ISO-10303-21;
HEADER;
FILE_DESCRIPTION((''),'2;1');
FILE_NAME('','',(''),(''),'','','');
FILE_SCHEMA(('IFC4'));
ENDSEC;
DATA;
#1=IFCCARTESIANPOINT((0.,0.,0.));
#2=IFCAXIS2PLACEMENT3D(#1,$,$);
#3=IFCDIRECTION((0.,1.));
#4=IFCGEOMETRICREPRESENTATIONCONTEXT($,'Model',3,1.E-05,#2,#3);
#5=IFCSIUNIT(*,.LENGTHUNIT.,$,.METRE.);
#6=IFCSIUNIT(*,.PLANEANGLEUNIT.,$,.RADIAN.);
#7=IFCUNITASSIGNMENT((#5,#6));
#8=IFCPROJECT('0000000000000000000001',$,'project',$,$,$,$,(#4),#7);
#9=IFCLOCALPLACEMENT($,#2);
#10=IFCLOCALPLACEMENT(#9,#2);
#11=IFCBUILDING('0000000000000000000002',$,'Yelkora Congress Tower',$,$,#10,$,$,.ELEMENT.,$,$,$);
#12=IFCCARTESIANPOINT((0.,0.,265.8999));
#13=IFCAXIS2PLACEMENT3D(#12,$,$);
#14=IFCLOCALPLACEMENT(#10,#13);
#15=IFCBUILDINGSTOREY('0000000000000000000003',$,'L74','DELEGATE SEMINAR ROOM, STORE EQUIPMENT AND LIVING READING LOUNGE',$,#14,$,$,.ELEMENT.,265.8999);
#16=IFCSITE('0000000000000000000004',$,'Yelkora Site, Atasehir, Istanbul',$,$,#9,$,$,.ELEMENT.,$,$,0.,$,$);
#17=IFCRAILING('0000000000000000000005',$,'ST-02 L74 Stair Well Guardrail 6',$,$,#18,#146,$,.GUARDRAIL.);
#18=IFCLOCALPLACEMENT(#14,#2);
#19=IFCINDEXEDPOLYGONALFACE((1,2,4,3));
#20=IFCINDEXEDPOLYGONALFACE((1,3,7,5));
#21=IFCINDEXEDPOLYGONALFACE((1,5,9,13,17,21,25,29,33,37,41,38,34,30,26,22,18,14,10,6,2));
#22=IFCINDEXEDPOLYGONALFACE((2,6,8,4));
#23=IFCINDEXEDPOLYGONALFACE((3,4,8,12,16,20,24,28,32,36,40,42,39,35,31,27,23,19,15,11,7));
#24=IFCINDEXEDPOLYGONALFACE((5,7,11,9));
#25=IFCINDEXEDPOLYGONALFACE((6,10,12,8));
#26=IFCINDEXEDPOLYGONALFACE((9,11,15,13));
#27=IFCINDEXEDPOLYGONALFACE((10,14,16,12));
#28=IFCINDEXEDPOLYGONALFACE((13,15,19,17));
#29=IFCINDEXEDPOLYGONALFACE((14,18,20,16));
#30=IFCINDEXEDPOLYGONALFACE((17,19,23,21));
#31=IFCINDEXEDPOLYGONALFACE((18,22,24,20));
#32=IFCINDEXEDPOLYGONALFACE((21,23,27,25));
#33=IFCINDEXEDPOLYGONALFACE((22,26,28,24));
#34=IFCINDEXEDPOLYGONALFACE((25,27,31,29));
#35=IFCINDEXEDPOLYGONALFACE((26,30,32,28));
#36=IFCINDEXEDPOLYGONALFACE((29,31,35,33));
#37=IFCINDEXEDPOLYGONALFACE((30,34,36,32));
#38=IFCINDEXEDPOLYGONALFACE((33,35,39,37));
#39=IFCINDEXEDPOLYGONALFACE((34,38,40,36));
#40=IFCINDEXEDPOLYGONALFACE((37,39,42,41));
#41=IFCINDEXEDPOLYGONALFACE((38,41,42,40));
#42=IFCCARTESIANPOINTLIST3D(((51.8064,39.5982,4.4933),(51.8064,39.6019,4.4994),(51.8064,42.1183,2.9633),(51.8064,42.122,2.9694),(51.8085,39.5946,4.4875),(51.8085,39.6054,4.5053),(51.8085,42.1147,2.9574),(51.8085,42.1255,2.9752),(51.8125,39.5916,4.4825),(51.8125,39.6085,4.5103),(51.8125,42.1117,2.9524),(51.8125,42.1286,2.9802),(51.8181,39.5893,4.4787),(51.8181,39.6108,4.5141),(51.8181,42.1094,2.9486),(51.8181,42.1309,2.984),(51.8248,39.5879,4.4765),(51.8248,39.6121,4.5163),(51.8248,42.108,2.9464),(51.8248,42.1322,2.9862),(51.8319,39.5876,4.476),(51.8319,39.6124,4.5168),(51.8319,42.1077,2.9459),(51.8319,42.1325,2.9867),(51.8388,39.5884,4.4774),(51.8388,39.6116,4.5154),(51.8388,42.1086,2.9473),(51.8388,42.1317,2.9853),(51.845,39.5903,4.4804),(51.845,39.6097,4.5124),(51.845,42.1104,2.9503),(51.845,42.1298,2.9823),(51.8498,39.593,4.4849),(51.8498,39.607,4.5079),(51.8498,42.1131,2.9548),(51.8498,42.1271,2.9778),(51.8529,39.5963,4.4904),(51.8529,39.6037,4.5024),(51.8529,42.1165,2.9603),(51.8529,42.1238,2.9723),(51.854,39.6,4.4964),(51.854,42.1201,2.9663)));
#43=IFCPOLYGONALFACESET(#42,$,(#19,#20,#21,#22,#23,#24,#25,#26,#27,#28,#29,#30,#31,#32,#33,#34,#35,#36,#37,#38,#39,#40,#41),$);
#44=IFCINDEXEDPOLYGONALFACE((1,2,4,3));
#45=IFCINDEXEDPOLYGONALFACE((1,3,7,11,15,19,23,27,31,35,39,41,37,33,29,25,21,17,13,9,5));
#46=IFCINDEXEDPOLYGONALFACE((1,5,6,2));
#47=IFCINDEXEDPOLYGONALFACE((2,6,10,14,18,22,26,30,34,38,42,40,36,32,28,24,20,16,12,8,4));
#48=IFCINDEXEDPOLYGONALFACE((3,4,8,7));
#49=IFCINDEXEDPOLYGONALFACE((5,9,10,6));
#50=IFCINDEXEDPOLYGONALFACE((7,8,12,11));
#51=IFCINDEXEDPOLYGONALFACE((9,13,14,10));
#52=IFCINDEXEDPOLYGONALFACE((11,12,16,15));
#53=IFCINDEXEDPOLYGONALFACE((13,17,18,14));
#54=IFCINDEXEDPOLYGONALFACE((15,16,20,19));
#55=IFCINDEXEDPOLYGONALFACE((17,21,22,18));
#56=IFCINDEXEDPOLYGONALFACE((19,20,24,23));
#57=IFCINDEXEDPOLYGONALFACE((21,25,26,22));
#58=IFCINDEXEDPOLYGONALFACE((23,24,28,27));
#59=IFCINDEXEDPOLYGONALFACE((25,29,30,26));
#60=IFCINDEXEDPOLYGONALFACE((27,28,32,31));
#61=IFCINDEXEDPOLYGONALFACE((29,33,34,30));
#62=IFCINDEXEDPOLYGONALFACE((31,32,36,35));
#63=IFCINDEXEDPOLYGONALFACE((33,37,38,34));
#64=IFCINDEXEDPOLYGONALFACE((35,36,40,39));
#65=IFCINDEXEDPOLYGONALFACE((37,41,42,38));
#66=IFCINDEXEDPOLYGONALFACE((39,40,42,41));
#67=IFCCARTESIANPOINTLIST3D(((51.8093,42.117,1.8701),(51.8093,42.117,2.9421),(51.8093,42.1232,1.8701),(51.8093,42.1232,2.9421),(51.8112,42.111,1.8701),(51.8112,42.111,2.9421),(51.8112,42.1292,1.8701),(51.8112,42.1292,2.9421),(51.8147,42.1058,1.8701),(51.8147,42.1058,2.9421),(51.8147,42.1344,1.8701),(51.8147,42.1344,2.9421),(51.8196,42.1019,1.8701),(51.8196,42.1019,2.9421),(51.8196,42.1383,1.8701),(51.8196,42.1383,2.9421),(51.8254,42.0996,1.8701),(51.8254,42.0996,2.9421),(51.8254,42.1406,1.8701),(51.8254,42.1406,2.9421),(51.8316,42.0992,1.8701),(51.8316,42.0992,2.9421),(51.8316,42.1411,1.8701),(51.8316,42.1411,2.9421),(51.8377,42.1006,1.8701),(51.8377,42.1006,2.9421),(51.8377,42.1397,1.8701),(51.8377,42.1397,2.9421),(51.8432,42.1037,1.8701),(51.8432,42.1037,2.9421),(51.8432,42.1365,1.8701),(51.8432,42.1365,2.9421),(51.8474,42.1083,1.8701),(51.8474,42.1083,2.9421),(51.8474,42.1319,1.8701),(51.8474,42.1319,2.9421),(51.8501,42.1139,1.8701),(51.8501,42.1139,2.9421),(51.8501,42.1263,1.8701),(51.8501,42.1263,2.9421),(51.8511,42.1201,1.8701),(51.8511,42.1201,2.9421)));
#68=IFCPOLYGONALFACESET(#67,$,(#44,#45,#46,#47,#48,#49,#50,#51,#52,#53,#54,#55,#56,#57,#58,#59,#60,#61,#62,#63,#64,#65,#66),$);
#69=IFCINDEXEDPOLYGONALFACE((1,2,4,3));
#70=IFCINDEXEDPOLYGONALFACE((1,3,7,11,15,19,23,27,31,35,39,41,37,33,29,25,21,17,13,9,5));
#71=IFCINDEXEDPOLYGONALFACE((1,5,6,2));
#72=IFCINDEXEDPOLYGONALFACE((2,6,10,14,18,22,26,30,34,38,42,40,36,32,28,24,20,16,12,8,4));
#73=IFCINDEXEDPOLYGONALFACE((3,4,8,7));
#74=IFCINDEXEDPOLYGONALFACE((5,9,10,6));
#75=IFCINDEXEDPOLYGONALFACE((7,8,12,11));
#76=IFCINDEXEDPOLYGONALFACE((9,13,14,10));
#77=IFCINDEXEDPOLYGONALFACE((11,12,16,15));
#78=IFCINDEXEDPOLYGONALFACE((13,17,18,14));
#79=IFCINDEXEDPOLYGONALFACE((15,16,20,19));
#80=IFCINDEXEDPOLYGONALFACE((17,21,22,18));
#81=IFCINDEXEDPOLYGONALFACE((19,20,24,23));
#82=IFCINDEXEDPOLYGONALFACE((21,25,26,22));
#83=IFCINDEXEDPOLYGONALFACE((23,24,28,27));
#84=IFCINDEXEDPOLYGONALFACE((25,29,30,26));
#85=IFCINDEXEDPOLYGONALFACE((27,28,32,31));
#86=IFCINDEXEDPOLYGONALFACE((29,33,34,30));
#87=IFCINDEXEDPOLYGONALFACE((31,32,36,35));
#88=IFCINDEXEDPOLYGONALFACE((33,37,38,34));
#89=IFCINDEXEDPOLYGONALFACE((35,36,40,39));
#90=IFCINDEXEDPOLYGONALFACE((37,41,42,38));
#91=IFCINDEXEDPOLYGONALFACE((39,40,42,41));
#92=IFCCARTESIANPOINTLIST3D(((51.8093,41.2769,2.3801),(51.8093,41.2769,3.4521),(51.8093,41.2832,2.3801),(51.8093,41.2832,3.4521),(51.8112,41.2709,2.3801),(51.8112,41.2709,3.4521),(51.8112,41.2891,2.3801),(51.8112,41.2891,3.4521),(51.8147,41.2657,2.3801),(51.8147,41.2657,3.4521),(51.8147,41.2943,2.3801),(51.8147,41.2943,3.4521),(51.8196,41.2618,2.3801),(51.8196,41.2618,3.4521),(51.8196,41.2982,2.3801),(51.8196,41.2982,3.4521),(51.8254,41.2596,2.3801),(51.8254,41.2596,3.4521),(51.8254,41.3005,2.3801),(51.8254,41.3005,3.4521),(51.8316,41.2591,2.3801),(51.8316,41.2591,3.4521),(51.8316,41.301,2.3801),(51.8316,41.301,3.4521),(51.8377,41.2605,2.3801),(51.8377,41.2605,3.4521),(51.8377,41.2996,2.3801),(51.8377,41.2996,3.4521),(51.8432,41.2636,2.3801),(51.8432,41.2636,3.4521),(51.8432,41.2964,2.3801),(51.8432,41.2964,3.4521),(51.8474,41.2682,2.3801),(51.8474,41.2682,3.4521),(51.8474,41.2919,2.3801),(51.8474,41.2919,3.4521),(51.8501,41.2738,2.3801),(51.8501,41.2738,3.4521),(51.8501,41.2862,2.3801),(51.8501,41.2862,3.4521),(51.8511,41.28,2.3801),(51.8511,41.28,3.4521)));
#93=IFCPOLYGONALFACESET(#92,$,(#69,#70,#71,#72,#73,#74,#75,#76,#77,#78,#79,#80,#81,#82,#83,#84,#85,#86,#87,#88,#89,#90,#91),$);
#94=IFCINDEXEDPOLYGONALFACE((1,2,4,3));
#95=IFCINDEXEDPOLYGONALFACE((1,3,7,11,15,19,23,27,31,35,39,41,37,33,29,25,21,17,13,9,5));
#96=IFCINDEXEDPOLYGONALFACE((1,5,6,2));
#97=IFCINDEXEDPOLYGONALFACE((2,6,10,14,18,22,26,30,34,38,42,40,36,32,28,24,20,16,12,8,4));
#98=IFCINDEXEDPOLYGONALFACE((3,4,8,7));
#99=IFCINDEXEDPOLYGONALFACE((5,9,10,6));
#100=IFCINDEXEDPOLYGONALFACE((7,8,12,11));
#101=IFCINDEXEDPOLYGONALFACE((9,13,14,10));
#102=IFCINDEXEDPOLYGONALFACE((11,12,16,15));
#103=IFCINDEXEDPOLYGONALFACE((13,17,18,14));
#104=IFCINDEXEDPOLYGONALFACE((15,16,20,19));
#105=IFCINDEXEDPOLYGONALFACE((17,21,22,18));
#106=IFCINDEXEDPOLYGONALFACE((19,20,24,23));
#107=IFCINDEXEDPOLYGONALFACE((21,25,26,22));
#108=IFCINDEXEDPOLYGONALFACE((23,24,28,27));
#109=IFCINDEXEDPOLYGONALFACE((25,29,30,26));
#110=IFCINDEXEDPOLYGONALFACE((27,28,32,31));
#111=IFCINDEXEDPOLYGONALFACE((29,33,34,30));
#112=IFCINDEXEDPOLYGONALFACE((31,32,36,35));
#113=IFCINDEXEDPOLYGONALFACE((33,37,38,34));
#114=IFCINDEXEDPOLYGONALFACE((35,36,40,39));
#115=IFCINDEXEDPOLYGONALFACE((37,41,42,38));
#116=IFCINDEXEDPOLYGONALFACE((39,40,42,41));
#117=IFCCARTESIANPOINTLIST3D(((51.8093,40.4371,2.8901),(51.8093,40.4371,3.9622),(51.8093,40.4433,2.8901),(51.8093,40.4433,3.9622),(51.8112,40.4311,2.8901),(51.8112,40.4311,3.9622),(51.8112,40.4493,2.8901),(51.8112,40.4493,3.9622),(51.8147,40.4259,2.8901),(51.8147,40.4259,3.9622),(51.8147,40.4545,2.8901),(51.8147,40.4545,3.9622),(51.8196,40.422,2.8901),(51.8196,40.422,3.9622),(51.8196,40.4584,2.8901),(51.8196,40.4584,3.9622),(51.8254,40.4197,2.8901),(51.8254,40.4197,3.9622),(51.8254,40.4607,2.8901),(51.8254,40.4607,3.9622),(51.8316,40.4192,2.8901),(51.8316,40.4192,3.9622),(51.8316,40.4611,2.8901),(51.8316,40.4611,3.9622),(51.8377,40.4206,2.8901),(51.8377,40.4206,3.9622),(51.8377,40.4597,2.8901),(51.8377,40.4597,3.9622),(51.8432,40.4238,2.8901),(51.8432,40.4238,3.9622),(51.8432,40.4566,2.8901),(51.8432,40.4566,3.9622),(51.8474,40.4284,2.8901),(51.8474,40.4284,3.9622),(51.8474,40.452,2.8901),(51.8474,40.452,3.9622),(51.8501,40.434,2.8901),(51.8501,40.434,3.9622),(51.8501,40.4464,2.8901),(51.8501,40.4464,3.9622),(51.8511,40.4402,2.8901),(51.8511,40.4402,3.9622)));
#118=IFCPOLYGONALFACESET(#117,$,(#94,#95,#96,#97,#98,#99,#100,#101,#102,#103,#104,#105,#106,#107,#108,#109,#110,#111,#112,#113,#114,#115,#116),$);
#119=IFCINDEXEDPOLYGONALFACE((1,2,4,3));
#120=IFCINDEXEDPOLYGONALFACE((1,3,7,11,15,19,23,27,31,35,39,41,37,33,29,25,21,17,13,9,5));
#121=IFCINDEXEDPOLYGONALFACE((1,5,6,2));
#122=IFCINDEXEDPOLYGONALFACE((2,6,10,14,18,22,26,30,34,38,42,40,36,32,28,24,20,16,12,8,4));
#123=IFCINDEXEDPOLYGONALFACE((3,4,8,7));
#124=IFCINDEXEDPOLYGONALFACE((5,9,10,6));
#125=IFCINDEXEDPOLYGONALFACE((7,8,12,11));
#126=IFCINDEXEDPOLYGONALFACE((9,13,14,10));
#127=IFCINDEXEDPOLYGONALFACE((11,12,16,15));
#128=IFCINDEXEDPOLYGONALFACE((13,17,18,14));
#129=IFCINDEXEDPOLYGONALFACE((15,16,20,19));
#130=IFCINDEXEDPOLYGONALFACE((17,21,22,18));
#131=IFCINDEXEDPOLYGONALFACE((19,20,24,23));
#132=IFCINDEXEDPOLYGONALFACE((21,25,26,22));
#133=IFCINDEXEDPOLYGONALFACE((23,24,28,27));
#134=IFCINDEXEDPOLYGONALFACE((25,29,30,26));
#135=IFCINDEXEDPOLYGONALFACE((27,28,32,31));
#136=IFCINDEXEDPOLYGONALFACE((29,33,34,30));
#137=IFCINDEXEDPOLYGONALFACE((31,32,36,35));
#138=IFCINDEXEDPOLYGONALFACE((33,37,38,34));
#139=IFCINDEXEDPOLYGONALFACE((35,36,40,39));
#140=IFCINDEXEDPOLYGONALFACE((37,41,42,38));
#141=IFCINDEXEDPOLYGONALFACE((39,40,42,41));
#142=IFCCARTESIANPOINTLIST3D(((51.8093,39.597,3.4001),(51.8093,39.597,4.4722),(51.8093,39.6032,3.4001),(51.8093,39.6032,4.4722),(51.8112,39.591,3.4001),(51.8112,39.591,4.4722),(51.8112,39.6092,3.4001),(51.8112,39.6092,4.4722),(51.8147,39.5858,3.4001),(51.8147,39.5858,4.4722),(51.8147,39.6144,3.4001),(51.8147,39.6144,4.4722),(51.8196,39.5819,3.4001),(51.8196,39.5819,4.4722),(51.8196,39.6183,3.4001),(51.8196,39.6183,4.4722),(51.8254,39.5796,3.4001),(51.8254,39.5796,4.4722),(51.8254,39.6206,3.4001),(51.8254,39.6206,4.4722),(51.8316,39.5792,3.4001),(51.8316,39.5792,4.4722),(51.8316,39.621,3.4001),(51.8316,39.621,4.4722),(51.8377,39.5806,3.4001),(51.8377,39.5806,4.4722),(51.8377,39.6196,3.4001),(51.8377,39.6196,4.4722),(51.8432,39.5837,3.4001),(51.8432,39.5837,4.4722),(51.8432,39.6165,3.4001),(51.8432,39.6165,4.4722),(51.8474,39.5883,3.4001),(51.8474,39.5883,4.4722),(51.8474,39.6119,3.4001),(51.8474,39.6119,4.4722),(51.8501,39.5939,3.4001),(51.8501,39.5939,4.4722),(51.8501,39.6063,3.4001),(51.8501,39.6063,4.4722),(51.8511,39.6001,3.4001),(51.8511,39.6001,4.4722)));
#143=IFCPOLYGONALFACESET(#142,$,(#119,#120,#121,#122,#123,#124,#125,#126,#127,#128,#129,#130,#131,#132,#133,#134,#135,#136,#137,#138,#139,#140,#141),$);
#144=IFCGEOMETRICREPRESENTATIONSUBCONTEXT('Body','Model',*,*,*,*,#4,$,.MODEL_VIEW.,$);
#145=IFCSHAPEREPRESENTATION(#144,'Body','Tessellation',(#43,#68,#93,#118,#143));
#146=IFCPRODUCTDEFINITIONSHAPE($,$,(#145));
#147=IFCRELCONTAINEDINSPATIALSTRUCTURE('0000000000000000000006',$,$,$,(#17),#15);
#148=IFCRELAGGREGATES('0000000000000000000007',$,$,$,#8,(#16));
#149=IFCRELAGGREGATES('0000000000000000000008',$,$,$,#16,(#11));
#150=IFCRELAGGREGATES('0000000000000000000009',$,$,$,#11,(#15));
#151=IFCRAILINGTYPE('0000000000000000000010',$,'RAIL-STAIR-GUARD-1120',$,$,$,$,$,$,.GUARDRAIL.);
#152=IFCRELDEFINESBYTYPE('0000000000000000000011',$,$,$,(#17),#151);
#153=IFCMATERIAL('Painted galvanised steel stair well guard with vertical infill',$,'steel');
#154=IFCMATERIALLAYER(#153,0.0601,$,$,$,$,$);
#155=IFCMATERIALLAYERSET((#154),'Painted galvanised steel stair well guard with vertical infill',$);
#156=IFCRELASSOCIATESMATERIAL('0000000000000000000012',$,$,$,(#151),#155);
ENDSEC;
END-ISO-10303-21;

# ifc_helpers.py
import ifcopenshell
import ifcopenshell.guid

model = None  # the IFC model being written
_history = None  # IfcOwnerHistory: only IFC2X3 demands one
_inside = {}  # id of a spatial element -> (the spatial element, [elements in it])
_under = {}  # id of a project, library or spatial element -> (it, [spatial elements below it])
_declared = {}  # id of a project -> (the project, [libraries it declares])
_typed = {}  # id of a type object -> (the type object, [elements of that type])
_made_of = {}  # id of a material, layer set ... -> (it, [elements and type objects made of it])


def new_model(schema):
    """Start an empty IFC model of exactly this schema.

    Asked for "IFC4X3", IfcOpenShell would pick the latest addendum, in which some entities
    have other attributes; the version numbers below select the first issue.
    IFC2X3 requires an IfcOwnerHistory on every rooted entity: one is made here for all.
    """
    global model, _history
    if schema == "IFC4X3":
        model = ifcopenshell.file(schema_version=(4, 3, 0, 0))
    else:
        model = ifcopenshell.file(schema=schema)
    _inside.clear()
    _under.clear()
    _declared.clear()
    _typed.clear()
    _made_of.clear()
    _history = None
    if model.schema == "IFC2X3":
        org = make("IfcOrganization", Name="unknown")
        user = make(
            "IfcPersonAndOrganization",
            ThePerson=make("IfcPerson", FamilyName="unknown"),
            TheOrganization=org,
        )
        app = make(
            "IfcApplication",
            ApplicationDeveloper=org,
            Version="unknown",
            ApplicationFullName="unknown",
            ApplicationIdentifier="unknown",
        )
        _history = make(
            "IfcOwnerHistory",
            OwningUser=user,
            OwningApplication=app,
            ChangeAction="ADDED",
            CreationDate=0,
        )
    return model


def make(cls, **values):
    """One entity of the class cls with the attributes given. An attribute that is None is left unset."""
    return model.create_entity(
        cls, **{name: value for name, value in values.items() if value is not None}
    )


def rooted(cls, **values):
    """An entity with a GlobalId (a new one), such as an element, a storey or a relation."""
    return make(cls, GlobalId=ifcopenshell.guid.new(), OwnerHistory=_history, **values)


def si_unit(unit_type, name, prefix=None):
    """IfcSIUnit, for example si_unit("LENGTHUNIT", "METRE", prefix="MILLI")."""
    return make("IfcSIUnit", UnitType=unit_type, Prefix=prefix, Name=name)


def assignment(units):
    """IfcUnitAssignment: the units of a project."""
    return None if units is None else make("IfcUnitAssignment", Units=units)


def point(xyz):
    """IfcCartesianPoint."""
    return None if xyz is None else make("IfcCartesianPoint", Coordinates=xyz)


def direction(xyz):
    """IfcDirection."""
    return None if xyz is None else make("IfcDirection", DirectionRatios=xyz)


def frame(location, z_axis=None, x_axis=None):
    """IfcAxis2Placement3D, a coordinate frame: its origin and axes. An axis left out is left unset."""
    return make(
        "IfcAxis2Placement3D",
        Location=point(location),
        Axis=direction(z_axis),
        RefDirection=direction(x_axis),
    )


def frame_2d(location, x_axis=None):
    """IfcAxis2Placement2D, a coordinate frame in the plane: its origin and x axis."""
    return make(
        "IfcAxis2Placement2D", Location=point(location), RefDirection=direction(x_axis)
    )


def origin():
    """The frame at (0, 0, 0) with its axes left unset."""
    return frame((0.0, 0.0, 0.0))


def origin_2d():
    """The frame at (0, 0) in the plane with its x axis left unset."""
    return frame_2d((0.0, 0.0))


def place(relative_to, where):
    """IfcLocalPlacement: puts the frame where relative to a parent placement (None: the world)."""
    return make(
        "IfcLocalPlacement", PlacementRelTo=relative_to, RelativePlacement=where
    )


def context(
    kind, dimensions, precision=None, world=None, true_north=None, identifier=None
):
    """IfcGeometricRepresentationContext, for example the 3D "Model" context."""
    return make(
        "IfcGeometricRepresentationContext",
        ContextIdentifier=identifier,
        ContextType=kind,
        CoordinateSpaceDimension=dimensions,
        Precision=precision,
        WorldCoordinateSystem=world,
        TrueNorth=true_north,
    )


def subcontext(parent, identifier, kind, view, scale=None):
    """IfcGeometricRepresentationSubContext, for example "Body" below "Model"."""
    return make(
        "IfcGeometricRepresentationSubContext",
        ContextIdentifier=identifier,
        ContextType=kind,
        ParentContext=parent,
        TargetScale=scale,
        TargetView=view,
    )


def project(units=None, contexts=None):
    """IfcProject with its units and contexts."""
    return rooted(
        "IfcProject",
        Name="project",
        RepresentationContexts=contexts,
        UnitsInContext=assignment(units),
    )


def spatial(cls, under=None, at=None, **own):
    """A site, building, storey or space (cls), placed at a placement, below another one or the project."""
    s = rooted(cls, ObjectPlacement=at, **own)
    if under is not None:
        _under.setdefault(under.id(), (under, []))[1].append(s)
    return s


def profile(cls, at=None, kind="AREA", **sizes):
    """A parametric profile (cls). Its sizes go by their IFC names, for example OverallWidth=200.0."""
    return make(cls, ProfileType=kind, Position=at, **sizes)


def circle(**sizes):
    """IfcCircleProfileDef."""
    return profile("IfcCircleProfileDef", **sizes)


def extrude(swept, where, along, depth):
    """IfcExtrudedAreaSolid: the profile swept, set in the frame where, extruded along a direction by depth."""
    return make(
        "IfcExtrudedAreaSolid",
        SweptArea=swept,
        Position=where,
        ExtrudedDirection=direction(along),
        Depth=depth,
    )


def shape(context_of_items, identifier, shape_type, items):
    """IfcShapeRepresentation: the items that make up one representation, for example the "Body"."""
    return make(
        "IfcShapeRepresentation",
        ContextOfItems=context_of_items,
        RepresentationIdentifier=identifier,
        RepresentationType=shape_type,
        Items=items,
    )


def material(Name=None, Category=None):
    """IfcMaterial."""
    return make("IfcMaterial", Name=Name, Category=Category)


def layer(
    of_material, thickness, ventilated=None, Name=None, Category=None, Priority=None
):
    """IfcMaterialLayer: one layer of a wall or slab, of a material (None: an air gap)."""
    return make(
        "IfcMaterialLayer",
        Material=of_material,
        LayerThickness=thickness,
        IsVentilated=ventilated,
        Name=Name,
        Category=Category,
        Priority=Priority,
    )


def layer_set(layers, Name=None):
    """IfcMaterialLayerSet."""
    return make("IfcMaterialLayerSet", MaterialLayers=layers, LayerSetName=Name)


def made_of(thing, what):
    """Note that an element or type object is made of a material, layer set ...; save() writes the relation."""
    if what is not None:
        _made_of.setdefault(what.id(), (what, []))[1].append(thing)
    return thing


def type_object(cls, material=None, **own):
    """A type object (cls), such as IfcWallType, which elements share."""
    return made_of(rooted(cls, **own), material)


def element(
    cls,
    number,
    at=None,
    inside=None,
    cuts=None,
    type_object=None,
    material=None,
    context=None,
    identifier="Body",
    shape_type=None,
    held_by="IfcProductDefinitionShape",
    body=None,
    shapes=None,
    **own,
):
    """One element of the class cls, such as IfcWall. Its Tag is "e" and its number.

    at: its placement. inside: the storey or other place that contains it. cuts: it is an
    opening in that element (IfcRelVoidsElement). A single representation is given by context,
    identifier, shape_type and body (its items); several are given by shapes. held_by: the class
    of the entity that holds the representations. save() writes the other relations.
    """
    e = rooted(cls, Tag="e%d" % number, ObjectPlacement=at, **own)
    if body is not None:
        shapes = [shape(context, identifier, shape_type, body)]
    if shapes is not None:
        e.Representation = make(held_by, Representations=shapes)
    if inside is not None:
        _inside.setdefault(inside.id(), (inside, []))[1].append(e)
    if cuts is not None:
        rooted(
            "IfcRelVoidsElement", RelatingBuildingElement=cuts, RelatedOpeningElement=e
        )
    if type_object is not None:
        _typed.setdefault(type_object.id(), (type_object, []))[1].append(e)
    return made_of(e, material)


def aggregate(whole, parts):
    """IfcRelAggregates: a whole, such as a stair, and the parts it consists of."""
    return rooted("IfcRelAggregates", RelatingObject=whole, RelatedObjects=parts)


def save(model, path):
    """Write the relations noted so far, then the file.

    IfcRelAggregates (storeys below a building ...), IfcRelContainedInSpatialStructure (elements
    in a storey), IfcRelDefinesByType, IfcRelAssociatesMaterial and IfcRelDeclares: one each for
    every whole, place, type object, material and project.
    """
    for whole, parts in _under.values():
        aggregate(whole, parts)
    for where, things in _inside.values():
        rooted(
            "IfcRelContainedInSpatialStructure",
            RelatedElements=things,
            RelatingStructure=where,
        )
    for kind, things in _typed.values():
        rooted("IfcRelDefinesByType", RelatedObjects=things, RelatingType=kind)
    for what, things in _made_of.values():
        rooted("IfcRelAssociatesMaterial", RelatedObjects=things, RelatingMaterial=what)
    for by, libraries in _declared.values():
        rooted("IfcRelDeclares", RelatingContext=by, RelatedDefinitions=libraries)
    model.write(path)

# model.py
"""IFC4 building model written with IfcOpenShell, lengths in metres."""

from ifc_helpers import new_model, si_unit, direction, frame, origin, origin_2d, place, context, subcontext, project, spatial, circle, extrude, material, layer, layer_set, type_object, element, save


model = new_model("IFC4")

# Units and contexts
model_context = context("Model", 3, precision=1e-05, world=origin(), true_north=direction((0.0, 1.0)))
body_context = subcontext(model_context, "Body", "Model", "MODEL_VIEW")
ifc_project = project(units=[si_unit("LENGTHUNIT", "METRE"), si_unit("PLANEANGLEUNIT", "RADIAN")], contexts=[model_context])

# Site, building, storey
site_placement = place(None, origin())
site = spatial("IfcSite", under=ifc_project, at=site_placement, Name="Yelkora Site, Atasehir, Istanbul", CompositionType="ELEMENT", RefElevation=0.0)
building_placement = place(site_placement, origin())
building = spatial("IfcBuilding", under=site, at=building_placement, Name="Yelkora Congress Tower", CompositionType="ELEMENT")
storey_placement = place(building_placement, frame((0.0, 0.0, 265.8999)))
storey = spatial("IfcBuildingStorey", under=building, at=storey_placement, Name="L74", Description="DELEGATE SEMINAR ROOM, STORE EQUIPMENT AND LIVING READING LOUNGE", CompositionType="ELEMENT", Elevation=265.8999)

# Railing
ifc_material_1 = material(Name="Painted galvanised steel stair well guard with vertical infill", Category="steel")
ifc_layer_1 = layer(ifc_material_1, 0.0601)
ifc_layer_set_1 = layer_set([ifc_layer_1], Name="Painted galvanised steel stair well guard with vertical infill")
railing_type_1 = type_object("IfcRailingType", Name="RAIL-STAIR-GUARD-1120", PredefinedType="GUARDRAIL", material=ifc_layer_set_1)
railing_1_placement = place(storey_placement, frame((51.8301, 42.1201, 1.8701)))
element("IfcRailing", 1, at=railing_1_placement, inside=storey, type_object=railing_type_1, Name="ST-02 L74 Stair Well Guardrail 6", PredefinedType="GUARDRAIL", context=body_context, shape_type="SweptSolid", body=[
    extrude(circle(Radius=0.0239, at=origin_2d()), frame((0.0, 0.0, 1.0962), z_axis=(0.0, -0.854785, 0.518982), x_axis=(1.0, 0.0, 0.0)), (0.0, 0.0, 1.0), 2.9482),
    extrude(circle(Radius=0.021, at=origin_2d()), origin(), (0.0, 0.0, 1.0), 1.072),
    extrude(circle(Radius=0.021, at=origin_2d()), frame((0.0, -0.8401, 0.51)), (0.0, 0.0, 1.0), 1.072),
    extrude(circle(Radius=0.021, at=origin_2d()), frame((0.0, -1.6799, 1.02)), (0.0, 0.0, 1.0), 1.072),
    extrude(circle(Radius=0.021, at=origin_2d()), frame((0.0, -2.52, 1.53)), (0.0, 0.0, 1.0), 1.072),
])

save(model, "model.ifc")
